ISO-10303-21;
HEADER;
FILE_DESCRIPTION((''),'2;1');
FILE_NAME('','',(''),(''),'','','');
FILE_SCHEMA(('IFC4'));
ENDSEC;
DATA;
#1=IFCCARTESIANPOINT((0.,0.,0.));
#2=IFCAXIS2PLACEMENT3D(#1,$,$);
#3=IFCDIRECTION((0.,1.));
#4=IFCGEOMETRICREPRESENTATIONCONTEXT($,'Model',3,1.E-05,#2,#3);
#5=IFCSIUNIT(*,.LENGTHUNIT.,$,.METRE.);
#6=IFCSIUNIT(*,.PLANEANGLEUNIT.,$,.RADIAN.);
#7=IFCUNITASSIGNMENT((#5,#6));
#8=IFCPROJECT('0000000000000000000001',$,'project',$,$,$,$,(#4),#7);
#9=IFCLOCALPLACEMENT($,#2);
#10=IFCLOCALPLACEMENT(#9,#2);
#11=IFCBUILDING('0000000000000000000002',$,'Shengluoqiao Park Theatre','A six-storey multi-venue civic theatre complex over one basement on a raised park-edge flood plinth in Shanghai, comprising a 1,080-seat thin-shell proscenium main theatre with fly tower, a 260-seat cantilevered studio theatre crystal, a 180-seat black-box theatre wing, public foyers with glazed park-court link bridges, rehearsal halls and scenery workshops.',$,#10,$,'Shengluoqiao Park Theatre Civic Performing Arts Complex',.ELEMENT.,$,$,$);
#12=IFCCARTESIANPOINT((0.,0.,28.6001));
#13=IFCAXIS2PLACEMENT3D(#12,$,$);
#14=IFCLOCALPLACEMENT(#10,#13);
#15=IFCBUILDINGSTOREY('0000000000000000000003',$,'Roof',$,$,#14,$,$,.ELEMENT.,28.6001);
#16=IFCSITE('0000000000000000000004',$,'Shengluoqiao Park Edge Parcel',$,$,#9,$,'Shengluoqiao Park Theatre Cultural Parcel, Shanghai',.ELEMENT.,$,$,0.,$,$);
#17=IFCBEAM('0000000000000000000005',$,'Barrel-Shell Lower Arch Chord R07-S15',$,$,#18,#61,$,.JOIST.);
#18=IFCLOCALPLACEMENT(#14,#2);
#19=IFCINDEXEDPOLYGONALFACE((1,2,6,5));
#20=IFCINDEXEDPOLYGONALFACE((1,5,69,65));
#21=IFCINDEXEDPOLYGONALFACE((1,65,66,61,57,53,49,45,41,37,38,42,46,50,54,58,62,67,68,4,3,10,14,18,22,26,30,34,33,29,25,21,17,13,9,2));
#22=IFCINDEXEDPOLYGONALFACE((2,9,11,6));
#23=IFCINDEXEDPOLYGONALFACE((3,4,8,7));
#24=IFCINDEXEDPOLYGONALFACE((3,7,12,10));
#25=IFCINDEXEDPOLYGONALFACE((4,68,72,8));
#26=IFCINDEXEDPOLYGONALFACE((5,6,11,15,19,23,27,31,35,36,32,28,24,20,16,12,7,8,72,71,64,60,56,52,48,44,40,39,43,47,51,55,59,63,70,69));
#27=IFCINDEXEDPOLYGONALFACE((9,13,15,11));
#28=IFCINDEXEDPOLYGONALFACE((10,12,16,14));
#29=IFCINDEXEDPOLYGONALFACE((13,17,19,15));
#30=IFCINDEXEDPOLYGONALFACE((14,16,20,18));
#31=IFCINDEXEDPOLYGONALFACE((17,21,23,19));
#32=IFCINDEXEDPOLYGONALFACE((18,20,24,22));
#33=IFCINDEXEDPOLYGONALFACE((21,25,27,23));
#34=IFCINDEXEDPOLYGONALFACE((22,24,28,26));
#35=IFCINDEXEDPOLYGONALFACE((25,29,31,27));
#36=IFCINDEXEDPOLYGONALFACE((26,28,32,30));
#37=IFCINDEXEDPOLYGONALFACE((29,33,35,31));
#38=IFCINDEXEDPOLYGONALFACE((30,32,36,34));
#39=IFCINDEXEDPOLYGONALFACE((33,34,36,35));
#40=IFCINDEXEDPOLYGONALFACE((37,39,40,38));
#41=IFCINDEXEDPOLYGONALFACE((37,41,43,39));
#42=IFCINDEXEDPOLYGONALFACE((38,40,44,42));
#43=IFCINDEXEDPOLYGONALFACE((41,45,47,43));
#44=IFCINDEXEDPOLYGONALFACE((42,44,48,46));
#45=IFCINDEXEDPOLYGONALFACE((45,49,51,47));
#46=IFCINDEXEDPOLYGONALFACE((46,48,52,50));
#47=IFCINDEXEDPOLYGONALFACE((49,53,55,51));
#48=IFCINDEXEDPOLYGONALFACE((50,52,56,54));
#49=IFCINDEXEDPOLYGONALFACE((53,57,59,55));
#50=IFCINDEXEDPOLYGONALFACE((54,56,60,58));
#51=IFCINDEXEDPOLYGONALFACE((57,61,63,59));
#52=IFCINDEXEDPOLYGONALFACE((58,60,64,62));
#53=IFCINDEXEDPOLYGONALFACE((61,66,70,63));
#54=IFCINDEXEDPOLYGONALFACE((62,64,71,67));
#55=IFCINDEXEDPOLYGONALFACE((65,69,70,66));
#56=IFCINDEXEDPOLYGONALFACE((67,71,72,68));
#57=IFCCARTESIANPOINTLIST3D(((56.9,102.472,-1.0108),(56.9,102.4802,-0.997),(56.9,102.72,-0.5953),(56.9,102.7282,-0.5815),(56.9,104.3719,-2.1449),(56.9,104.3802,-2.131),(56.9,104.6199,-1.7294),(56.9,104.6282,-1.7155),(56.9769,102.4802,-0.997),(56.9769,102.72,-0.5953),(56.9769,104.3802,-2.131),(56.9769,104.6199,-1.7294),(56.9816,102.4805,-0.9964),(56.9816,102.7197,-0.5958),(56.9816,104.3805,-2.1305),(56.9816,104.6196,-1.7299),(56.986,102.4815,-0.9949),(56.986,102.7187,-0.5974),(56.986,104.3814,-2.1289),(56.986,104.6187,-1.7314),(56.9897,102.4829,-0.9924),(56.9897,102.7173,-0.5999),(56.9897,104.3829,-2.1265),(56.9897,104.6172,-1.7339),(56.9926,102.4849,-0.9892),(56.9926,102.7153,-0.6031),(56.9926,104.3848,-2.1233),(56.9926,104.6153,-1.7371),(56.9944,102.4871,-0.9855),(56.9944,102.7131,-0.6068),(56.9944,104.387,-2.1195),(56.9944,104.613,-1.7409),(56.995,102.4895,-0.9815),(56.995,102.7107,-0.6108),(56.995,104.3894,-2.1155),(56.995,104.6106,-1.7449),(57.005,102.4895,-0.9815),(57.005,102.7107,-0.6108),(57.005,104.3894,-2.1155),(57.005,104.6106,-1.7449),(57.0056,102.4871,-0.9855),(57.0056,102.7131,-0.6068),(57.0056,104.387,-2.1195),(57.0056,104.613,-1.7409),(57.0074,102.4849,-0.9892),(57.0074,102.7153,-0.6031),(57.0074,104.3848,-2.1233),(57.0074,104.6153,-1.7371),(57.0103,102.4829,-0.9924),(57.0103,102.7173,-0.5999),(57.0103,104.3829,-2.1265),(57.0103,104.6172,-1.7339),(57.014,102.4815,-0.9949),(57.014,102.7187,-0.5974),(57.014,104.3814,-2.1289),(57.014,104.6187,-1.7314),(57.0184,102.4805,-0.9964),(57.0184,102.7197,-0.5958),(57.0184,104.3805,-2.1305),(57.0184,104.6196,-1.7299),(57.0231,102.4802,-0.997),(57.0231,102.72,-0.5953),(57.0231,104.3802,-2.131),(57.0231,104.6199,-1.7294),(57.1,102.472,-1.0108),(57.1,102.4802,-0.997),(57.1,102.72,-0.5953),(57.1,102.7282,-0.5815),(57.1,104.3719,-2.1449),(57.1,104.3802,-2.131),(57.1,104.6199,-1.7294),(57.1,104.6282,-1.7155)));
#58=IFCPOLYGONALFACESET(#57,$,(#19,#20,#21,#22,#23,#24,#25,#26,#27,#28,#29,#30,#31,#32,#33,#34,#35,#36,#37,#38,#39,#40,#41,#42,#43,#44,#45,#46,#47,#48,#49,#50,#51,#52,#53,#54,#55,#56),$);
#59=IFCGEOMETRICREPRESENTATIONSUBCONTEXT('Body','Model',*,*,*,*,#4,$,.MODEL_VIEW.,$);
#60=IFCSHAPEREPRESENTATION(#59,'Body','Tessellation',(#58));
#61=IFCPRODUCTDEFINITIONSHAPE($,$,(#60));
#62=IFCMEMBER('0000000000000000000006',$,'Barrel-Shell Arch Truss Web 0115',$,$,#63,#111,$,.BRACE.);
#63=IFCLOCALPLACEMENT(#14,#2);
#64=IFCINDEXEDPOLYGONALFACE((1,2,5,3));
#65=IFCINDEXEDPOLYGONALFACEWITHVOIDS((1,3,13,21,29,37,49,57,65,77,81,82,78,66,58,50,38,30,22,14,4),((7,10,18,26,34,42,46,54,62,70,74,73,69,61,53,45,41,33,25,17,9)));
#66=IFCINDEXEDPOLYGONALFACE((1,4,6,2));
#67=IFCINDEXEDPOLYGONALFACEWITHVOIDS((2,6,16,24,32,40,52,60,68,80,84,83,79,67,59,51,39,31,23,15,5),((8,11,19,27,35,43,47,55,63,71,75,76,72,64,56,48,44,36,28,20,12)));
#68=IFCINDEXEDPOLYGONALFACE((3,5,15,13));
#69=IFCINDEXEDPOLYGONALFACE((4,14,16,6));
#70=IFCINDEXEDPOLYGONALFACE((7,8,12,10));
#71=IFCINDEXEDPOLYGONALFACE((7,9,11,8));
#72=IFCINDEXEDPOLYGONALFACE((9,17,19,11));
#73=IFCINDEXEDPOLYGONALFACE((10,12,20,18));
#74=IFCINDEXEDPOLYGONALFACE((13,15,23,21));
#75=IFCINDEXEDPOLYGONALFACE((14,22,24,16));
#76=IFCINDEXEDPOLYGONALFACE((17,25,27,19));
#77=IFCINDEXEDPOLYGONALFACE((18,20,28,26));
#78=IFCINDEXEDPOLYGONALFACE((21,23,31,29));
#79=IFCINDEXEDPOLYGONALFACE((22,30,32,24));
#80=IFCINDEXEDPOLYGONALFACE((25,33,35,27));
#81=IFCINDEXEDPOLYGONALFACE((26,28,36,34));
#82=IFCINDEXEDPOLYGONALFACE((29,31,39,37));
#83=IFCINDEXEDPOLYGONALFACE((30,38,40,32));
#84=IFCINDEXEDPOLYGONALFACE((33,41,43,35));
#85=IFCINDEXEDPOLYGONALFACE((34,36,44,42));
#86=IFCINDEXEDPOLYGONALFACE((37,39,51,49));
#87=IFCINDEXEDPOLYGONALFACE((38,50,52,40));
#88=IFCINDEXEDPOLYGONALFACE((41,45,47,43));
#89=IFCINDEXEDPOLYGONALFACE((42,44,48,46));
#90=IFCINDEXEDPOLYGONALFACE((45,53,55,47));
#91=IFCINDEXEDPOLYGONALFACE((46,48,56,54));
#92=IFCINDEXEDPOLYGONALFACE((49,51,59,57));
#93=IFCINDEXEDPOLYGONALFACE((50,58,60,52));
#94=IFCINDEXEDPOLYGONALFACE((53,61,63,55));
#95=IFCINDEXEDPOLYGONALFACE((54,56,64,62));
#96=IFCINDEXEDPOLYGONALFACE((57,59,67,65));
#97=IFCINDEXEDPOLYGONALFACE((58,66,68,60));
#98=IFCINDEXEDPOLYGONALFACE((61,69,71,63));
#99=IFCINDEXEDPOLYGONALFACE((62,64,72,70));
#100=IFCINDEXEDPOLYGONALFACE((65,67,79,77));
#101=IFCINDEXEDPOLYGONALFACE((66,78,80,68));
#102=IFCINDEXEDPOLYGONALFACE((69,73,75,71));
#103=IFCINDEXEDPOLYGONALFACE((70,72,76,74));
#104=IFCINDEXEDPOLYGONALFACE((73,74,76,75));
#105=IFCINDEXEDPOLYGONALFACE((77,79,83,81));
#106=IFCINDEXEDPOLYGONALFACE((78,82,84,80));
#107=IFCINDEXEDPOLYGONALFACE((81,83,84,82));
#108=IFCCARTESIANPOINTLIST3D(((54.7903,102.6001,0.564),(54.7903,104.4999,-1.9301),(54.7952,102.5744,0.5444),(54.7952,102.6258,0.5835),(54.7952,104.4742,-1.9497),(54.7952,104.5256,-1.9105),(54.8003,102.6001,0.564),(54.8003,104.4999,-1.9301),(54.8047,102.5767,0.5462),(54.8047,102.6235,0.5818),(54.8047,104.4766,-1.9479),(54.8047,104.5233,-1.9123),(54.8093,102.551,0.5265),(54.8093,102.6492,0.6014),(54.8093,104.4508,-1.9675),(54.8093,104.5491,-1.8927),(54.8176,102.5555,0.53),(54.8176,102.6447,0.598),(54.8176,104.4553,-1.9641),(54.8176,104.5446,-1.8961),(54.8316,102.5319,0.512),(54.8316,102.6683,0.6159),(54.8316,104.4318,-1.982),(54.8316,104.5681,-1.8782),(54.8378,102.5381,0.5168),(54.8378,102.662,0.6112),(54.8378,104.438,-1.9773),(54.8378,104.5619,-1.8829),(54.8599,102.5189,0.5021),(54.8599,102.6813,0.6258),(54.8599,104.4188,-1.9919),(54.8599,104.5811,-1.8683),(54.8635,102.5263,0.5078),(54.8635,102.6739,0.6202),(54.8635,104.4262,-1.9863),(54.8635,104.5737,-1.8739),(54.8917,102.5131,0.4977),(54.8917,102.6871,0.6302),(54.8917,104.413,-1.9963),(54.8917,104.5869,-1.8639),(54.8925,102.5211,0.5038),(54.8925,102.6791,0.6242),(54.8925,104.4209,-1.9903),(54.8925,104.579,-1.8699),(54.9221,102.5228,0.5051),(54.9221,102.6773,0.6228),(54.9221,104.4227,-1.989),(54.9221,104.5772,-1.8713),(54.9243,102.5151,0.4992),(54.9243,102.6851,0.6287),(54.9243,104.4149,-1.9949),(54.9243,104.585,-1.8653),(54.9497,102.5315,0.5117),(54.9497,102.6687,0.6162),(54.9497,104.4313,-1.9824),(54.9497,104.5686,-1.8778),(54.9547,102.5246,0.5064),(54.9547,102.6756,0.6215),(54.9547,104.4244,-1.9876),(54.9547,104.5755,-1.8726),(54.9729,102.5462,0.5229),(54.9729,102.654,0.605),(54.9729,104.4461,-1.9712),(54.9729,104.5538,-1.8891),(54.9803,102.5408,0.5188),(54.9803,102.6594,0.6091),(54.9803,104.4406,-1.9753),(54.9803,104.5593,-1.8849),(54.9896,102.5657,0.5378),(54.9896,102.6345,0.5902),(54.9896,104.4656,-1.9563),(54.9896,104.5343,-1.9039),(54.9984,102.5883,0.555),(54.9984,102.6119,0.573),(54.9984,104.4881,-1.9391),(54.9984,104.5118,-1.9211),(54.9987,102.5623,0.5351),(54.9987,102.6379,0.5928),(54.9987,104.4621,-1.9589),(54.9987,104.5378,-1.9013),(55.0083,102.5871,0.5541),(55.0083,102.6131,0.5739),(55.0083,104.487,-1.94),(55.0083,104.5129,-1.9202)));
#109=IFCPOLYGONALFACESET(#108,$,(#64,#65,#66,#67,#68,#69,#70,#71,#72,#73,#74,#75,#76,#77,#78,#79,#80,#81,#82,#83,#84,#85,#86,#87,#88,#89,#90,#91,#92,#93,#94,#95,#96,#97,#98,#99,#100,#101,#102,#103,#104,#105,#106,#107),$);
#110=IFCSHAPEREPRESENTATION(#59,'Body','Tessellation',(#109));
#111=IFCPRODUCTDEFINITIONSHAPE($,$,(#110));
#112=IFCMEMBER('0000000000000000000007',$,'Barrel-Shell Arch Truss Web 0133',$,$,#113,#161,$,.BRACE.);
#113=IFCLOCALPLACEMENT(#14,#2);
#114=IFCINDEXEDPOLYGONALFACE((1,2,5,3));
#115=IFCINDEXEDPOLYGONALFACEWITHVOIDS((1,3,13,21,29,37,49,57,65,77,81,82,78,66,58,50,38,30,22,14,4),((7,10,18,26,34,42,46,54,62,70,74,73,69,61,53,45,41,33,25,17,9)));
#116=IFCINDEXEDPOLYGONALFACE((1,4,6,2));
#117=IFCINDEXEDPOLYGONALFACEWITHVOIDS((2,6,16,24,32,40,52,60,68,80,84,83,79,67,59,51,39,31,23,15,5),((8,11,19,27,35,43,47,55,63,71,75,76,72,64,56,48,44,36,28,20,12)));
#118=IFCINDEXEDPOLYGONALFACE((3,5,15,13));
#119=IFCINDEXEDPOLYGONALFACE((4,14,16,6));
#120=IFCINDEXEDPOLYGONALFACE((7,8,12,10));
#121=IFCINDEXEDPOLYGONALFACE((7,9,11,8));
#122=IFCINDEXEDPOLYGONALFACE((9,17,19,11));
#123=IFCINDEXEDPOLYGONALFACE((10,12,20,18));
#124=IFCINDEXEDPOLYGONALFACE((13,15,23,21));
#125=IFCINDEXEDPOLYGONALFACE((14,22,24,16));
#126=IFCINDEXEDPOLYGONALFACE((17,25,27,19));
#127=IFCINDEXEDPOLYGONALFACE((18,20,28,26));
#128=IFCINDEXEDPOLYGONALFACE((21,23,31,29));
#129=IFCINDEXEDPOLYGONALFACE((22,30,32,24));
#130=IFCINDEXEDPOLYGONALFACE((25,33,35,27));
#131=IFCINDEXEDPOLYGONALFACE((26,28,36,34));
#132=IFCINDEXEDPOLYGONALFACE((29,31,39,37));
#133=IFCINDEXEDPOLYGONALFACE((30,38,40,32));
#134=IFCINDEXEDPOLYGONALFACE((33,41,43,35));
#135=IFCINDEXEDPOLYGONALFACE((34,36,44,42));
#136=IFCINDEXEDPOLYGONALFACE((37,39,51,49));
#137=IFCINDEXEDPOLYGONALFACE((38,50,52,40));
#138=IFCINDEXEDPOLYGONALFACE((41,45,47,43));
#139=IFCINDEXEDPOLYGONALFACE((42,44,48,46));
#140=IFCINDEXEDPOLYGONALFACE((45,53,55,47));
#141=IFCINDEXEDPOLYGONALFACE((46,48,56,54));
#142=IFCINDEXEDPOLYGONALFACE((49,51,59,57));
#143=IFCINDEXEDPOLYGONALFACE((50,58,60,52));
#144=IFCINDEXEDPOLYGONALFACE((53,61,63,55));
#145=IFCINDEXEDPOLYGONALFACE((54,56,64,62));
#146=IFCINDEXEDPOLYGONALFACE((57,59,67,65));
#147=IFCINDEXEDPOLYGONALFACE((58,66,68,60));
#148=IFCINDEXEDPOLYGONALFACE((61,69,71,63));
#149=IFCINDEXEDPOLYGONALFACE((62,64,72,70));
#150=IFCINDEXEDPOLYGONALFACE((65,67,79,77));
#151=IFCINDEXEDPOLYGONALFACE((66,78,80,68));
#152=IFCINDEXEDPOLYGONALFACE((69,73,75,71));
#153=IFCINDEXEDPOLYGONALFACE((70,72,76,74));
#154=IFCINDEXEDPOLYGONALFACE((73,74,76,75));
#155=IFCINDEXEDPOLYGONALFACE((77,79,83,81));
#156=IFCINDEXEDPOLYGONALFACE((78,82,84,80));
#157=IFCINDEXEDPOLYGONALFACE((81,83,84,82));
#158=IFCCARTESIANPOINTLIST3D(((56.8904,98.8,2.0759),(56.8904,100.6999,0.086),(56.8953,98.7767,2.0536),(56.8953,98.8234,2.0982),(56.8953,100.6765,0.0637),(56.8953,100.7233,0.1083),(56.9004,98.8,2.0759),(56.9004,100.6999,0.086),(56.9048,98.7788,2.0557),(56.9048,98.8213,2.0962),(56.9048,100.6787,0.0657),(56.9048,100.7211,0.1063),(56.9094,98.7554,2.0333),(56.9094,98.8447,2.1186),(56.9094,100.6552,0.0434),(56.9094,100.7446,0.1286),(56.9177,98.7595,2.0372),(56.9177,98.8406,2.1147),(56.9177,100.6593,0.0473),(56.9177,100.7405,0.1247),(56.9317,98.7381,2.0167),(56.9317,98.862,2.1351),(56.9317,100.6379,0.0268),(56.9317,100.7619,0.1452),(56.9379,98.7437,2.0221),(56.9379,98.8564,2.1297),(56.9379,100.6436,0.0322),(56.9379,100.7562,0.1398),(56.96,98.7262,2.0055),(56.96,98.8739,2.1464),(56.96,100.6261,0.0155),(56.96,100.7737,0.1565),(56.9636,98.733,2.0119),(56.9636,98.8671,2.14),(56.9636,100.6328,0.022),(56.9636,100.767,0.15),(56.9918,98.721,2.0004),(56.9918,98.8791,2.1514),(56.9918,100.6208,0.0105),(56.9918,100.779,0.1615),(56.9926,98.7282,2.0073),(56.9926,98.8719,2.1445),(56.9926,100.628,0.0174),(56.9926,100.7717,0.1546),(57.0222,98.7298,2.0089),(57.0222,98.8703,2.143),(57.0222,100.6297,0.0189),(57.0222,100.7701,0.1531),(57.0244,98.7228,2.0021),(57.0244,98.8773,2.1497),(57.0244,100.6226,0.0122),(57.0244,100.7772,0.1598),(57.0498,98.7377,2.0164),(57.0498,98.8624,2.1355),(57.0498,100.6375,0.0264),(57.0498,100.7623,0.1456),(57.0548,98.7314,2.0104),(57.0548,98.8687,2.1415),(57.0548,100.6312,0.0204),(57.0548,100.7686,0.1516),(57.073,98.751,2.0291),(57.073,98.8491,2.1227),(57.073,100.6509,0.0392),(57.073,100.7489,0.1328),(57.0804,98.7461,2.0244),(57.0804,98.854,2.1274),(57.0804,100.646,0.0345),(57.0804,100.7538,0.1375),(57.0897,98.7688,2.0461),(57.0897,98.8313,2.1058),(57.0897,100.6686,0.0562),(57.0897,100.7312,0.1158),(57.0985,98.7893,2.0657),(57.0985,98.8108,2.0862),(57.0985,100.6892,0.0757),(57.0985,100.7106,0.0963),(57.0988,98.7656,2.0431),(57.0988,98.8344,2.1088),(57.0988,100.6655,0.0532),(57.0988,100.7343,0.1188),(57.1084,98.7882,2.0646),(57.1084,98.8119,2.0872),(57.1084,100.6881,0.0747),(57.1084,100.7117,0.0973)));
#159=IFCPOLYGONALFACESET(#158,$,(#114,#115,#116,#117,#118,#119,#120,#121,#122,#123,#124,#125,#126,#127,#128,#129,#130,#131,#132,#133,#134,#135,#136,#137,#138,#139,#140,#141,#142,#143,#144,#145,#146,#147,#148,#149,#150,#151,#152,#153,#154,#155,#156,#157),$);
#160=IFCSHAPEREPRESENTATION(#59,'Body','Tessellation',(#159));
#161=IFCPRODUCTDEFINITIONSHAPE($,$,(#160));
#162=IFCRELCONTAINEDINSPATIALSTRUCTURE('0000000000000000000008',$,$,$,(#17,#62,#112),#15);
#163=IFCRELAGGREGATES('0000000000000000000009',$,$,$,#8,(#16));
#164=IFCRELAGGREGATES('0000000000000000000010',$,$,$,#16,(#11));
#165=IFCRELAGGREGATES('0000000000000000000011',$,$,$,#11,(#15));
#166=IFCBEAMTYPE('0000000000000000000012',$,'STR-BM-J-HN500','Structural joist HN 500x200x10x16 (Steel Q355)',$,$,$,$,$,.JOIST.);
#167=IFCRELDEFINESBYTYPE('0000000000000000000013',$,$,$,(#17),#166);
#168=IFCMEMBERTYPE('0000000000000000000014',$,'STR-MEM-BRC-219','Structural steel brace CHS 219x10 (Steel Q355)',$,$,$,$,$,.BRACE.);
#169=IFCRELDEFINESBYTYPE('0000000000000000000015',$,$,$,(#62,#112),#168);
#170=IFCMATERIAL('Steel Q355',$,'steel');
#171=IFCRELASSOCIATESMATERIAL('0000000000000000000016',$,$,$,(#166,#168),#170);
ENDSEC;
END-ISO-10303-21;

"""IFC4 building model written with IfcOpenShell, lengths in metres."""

from ifc_helpers import new_model, si_unit, direction, frame, origin, origin_2d, place, context, subcontext, project, spatial, hollow_circle, i_section, extrude, material, material_profile, profile_set, type_object, element, save


model = new_model("IFC4")

# Units and contexts
model_context = context("Model", 3, precision=1e-05, world=origin(), true_north=direction((0.0, 1.0)))
body_context = subcontext(model_context, "Body", "Model", "MODEL_VIEW")
ifc_project = project(units=[si_unit("LENGTHUNIT", "METRE"), si_unit("PLANEANGLEUNIT", "RADIAN")], contexts=[model_context])

# Site, building, storey
site_placement = place(None, origin())
site = spatial("IfcSite", under=ifc_project, at=site_placement, Name="Shengluoqiao Park Edge Parcel", LongName="Shengluoqiao Park Theatre Cultural Parcel, Shanghai", CompositionType="ELEMENT", RefElevation=0.0)
building_placement = place(site_placement, origin())
building = spatial("IfcBuilding", under=site, at=building_placement, Name="Shengluoqiao Park Theatre", Description="A six-storey multi-venue civic theatre complex over one basement on a raised park-edge flood plinth in Shanghai, comprising a 1,080-seat thin-shell proscenium main theatre with fly tower, a 260-seat cantilevered studio theatre crystal, a 180-seat black-box theatre wing, public foyers with glazed park-court link bridges, rehearsal halls and scenery workshops.", LongName="Shengluoqiao Park Theatre Civic Performing Arts Complex", CompositionType="ELEMENT")
storey_placement = place(building_placement, frame((0.0, 0.0, 28.6001)))
storey = spatial("IfcBuildingStorey", under=building, at=storey_placement, Name="Roof", CompositionType="ELEMENT", Elevation=28.6001)

# Beam
ifc_material_1 = material(Name="Steel Q355", Category="steel")
ifc_material_profile_1 = material_profile(ifc_material_1, i_section(OverallWidth=0.2, OverallDepth=0.5, WebThickness=0.01, FlangeThickness=0.0161, FilletRadius=0.0181, at=origin_2d()), Name="HN 500x200x10x16")
ifc_profile_set_1 = profile_set([ifc_material_profile_1], Name="Steel Q355")
beam_type_1 = type_object("IfcBeamType", Name="STR-BM-J-HN500", Description="Structural joist HN 500x200x10x16 (Steel Q355)", PredefinedType="JOIST", material=ifc_profile_set_1)
beam_1_placement = place(storey_placement, frame((57.0, 102.6001, -0.7961), z_axis=(0.0, 0.858669, -0.512531), x_axis=(-1.0, 0.0, 0.0)))
element("IfcBeam", 1, at=beam_1_placement, inside=storey, type_object=beam_type_1, Name="Barrel-Shell Lower Arch Chord R07-S15", PredefinedType="JOIST", context=body_context, shape_type="SweptSolid", body=[
    extrude(i_section(OverallWidth=0.2, OverallDepth=0.5, WebThickness=0.01, FlangeThickness=0.0161, FilletRadius=0.0181, at=origin_2d()), origin(), (0.0, 0.0, 1.0), 2.2126),
])

# Members
ifc_material_profile_2 = material_profile(ifc_material_1, hollow_circle(Radius=0.1096, WallThickness=0.01, at=origin_2d()), Name="CHS 219x10")
ifc_profile_set_2 = profile_set([ifc_material_profile_2], Name="Steel Q355")
member_type_1 = type_object("IfcMemberType", Name="STR-MEM-BRC-219", Description="Structural steel brace CHS 219x10 (Steel Q355)", PredefinedType="BRACE", material=ifc_profile_set_2)
member_1_placement = place(storey_placement, frame((54.8999, 102.6001, 0.564), z_axis=(0.0, 0.605963, -0.795492), x_axis=(-1.0, 0.0, 0.0)))
element("IfcMember", 2, at=member_1_placement, inside=storey, type_object=member_type_1, Name="Barrel-Shell Arch Truss Web 0115", PredefinedType="BRACE", context=body_context, shape_type="SweptSolid", body=[
    extrude(hollow_circle(Radius=0.1096, WallThickness=0.01, at=origin_2d()), origin(), (0.0, 0.0, 1.0), 3.1353),
])
member_2_placement = place(storey_placement, frame((57.0, 98.8, 2.0759), z_axis=(0.0, 0.690545, -0.723289), x_axis=(-1.0, 0.0, 0.0)))
element("IfcMember", 3, at=member_2_placement, inside=storey, type_object=member_type_1, Name="Barrel-Shell Arch Truss Web 0133", PredefinedType="BRACE", context=body_context, shape_type="SweptSolid", body=[
    extrude(hollow_circle(Radius=0.1096, WallThickness=0.01, at=origin_2d()), origin(), (0.0, 0.0, 1.0), 2.7512),
])

save(model, "model.ifc")
